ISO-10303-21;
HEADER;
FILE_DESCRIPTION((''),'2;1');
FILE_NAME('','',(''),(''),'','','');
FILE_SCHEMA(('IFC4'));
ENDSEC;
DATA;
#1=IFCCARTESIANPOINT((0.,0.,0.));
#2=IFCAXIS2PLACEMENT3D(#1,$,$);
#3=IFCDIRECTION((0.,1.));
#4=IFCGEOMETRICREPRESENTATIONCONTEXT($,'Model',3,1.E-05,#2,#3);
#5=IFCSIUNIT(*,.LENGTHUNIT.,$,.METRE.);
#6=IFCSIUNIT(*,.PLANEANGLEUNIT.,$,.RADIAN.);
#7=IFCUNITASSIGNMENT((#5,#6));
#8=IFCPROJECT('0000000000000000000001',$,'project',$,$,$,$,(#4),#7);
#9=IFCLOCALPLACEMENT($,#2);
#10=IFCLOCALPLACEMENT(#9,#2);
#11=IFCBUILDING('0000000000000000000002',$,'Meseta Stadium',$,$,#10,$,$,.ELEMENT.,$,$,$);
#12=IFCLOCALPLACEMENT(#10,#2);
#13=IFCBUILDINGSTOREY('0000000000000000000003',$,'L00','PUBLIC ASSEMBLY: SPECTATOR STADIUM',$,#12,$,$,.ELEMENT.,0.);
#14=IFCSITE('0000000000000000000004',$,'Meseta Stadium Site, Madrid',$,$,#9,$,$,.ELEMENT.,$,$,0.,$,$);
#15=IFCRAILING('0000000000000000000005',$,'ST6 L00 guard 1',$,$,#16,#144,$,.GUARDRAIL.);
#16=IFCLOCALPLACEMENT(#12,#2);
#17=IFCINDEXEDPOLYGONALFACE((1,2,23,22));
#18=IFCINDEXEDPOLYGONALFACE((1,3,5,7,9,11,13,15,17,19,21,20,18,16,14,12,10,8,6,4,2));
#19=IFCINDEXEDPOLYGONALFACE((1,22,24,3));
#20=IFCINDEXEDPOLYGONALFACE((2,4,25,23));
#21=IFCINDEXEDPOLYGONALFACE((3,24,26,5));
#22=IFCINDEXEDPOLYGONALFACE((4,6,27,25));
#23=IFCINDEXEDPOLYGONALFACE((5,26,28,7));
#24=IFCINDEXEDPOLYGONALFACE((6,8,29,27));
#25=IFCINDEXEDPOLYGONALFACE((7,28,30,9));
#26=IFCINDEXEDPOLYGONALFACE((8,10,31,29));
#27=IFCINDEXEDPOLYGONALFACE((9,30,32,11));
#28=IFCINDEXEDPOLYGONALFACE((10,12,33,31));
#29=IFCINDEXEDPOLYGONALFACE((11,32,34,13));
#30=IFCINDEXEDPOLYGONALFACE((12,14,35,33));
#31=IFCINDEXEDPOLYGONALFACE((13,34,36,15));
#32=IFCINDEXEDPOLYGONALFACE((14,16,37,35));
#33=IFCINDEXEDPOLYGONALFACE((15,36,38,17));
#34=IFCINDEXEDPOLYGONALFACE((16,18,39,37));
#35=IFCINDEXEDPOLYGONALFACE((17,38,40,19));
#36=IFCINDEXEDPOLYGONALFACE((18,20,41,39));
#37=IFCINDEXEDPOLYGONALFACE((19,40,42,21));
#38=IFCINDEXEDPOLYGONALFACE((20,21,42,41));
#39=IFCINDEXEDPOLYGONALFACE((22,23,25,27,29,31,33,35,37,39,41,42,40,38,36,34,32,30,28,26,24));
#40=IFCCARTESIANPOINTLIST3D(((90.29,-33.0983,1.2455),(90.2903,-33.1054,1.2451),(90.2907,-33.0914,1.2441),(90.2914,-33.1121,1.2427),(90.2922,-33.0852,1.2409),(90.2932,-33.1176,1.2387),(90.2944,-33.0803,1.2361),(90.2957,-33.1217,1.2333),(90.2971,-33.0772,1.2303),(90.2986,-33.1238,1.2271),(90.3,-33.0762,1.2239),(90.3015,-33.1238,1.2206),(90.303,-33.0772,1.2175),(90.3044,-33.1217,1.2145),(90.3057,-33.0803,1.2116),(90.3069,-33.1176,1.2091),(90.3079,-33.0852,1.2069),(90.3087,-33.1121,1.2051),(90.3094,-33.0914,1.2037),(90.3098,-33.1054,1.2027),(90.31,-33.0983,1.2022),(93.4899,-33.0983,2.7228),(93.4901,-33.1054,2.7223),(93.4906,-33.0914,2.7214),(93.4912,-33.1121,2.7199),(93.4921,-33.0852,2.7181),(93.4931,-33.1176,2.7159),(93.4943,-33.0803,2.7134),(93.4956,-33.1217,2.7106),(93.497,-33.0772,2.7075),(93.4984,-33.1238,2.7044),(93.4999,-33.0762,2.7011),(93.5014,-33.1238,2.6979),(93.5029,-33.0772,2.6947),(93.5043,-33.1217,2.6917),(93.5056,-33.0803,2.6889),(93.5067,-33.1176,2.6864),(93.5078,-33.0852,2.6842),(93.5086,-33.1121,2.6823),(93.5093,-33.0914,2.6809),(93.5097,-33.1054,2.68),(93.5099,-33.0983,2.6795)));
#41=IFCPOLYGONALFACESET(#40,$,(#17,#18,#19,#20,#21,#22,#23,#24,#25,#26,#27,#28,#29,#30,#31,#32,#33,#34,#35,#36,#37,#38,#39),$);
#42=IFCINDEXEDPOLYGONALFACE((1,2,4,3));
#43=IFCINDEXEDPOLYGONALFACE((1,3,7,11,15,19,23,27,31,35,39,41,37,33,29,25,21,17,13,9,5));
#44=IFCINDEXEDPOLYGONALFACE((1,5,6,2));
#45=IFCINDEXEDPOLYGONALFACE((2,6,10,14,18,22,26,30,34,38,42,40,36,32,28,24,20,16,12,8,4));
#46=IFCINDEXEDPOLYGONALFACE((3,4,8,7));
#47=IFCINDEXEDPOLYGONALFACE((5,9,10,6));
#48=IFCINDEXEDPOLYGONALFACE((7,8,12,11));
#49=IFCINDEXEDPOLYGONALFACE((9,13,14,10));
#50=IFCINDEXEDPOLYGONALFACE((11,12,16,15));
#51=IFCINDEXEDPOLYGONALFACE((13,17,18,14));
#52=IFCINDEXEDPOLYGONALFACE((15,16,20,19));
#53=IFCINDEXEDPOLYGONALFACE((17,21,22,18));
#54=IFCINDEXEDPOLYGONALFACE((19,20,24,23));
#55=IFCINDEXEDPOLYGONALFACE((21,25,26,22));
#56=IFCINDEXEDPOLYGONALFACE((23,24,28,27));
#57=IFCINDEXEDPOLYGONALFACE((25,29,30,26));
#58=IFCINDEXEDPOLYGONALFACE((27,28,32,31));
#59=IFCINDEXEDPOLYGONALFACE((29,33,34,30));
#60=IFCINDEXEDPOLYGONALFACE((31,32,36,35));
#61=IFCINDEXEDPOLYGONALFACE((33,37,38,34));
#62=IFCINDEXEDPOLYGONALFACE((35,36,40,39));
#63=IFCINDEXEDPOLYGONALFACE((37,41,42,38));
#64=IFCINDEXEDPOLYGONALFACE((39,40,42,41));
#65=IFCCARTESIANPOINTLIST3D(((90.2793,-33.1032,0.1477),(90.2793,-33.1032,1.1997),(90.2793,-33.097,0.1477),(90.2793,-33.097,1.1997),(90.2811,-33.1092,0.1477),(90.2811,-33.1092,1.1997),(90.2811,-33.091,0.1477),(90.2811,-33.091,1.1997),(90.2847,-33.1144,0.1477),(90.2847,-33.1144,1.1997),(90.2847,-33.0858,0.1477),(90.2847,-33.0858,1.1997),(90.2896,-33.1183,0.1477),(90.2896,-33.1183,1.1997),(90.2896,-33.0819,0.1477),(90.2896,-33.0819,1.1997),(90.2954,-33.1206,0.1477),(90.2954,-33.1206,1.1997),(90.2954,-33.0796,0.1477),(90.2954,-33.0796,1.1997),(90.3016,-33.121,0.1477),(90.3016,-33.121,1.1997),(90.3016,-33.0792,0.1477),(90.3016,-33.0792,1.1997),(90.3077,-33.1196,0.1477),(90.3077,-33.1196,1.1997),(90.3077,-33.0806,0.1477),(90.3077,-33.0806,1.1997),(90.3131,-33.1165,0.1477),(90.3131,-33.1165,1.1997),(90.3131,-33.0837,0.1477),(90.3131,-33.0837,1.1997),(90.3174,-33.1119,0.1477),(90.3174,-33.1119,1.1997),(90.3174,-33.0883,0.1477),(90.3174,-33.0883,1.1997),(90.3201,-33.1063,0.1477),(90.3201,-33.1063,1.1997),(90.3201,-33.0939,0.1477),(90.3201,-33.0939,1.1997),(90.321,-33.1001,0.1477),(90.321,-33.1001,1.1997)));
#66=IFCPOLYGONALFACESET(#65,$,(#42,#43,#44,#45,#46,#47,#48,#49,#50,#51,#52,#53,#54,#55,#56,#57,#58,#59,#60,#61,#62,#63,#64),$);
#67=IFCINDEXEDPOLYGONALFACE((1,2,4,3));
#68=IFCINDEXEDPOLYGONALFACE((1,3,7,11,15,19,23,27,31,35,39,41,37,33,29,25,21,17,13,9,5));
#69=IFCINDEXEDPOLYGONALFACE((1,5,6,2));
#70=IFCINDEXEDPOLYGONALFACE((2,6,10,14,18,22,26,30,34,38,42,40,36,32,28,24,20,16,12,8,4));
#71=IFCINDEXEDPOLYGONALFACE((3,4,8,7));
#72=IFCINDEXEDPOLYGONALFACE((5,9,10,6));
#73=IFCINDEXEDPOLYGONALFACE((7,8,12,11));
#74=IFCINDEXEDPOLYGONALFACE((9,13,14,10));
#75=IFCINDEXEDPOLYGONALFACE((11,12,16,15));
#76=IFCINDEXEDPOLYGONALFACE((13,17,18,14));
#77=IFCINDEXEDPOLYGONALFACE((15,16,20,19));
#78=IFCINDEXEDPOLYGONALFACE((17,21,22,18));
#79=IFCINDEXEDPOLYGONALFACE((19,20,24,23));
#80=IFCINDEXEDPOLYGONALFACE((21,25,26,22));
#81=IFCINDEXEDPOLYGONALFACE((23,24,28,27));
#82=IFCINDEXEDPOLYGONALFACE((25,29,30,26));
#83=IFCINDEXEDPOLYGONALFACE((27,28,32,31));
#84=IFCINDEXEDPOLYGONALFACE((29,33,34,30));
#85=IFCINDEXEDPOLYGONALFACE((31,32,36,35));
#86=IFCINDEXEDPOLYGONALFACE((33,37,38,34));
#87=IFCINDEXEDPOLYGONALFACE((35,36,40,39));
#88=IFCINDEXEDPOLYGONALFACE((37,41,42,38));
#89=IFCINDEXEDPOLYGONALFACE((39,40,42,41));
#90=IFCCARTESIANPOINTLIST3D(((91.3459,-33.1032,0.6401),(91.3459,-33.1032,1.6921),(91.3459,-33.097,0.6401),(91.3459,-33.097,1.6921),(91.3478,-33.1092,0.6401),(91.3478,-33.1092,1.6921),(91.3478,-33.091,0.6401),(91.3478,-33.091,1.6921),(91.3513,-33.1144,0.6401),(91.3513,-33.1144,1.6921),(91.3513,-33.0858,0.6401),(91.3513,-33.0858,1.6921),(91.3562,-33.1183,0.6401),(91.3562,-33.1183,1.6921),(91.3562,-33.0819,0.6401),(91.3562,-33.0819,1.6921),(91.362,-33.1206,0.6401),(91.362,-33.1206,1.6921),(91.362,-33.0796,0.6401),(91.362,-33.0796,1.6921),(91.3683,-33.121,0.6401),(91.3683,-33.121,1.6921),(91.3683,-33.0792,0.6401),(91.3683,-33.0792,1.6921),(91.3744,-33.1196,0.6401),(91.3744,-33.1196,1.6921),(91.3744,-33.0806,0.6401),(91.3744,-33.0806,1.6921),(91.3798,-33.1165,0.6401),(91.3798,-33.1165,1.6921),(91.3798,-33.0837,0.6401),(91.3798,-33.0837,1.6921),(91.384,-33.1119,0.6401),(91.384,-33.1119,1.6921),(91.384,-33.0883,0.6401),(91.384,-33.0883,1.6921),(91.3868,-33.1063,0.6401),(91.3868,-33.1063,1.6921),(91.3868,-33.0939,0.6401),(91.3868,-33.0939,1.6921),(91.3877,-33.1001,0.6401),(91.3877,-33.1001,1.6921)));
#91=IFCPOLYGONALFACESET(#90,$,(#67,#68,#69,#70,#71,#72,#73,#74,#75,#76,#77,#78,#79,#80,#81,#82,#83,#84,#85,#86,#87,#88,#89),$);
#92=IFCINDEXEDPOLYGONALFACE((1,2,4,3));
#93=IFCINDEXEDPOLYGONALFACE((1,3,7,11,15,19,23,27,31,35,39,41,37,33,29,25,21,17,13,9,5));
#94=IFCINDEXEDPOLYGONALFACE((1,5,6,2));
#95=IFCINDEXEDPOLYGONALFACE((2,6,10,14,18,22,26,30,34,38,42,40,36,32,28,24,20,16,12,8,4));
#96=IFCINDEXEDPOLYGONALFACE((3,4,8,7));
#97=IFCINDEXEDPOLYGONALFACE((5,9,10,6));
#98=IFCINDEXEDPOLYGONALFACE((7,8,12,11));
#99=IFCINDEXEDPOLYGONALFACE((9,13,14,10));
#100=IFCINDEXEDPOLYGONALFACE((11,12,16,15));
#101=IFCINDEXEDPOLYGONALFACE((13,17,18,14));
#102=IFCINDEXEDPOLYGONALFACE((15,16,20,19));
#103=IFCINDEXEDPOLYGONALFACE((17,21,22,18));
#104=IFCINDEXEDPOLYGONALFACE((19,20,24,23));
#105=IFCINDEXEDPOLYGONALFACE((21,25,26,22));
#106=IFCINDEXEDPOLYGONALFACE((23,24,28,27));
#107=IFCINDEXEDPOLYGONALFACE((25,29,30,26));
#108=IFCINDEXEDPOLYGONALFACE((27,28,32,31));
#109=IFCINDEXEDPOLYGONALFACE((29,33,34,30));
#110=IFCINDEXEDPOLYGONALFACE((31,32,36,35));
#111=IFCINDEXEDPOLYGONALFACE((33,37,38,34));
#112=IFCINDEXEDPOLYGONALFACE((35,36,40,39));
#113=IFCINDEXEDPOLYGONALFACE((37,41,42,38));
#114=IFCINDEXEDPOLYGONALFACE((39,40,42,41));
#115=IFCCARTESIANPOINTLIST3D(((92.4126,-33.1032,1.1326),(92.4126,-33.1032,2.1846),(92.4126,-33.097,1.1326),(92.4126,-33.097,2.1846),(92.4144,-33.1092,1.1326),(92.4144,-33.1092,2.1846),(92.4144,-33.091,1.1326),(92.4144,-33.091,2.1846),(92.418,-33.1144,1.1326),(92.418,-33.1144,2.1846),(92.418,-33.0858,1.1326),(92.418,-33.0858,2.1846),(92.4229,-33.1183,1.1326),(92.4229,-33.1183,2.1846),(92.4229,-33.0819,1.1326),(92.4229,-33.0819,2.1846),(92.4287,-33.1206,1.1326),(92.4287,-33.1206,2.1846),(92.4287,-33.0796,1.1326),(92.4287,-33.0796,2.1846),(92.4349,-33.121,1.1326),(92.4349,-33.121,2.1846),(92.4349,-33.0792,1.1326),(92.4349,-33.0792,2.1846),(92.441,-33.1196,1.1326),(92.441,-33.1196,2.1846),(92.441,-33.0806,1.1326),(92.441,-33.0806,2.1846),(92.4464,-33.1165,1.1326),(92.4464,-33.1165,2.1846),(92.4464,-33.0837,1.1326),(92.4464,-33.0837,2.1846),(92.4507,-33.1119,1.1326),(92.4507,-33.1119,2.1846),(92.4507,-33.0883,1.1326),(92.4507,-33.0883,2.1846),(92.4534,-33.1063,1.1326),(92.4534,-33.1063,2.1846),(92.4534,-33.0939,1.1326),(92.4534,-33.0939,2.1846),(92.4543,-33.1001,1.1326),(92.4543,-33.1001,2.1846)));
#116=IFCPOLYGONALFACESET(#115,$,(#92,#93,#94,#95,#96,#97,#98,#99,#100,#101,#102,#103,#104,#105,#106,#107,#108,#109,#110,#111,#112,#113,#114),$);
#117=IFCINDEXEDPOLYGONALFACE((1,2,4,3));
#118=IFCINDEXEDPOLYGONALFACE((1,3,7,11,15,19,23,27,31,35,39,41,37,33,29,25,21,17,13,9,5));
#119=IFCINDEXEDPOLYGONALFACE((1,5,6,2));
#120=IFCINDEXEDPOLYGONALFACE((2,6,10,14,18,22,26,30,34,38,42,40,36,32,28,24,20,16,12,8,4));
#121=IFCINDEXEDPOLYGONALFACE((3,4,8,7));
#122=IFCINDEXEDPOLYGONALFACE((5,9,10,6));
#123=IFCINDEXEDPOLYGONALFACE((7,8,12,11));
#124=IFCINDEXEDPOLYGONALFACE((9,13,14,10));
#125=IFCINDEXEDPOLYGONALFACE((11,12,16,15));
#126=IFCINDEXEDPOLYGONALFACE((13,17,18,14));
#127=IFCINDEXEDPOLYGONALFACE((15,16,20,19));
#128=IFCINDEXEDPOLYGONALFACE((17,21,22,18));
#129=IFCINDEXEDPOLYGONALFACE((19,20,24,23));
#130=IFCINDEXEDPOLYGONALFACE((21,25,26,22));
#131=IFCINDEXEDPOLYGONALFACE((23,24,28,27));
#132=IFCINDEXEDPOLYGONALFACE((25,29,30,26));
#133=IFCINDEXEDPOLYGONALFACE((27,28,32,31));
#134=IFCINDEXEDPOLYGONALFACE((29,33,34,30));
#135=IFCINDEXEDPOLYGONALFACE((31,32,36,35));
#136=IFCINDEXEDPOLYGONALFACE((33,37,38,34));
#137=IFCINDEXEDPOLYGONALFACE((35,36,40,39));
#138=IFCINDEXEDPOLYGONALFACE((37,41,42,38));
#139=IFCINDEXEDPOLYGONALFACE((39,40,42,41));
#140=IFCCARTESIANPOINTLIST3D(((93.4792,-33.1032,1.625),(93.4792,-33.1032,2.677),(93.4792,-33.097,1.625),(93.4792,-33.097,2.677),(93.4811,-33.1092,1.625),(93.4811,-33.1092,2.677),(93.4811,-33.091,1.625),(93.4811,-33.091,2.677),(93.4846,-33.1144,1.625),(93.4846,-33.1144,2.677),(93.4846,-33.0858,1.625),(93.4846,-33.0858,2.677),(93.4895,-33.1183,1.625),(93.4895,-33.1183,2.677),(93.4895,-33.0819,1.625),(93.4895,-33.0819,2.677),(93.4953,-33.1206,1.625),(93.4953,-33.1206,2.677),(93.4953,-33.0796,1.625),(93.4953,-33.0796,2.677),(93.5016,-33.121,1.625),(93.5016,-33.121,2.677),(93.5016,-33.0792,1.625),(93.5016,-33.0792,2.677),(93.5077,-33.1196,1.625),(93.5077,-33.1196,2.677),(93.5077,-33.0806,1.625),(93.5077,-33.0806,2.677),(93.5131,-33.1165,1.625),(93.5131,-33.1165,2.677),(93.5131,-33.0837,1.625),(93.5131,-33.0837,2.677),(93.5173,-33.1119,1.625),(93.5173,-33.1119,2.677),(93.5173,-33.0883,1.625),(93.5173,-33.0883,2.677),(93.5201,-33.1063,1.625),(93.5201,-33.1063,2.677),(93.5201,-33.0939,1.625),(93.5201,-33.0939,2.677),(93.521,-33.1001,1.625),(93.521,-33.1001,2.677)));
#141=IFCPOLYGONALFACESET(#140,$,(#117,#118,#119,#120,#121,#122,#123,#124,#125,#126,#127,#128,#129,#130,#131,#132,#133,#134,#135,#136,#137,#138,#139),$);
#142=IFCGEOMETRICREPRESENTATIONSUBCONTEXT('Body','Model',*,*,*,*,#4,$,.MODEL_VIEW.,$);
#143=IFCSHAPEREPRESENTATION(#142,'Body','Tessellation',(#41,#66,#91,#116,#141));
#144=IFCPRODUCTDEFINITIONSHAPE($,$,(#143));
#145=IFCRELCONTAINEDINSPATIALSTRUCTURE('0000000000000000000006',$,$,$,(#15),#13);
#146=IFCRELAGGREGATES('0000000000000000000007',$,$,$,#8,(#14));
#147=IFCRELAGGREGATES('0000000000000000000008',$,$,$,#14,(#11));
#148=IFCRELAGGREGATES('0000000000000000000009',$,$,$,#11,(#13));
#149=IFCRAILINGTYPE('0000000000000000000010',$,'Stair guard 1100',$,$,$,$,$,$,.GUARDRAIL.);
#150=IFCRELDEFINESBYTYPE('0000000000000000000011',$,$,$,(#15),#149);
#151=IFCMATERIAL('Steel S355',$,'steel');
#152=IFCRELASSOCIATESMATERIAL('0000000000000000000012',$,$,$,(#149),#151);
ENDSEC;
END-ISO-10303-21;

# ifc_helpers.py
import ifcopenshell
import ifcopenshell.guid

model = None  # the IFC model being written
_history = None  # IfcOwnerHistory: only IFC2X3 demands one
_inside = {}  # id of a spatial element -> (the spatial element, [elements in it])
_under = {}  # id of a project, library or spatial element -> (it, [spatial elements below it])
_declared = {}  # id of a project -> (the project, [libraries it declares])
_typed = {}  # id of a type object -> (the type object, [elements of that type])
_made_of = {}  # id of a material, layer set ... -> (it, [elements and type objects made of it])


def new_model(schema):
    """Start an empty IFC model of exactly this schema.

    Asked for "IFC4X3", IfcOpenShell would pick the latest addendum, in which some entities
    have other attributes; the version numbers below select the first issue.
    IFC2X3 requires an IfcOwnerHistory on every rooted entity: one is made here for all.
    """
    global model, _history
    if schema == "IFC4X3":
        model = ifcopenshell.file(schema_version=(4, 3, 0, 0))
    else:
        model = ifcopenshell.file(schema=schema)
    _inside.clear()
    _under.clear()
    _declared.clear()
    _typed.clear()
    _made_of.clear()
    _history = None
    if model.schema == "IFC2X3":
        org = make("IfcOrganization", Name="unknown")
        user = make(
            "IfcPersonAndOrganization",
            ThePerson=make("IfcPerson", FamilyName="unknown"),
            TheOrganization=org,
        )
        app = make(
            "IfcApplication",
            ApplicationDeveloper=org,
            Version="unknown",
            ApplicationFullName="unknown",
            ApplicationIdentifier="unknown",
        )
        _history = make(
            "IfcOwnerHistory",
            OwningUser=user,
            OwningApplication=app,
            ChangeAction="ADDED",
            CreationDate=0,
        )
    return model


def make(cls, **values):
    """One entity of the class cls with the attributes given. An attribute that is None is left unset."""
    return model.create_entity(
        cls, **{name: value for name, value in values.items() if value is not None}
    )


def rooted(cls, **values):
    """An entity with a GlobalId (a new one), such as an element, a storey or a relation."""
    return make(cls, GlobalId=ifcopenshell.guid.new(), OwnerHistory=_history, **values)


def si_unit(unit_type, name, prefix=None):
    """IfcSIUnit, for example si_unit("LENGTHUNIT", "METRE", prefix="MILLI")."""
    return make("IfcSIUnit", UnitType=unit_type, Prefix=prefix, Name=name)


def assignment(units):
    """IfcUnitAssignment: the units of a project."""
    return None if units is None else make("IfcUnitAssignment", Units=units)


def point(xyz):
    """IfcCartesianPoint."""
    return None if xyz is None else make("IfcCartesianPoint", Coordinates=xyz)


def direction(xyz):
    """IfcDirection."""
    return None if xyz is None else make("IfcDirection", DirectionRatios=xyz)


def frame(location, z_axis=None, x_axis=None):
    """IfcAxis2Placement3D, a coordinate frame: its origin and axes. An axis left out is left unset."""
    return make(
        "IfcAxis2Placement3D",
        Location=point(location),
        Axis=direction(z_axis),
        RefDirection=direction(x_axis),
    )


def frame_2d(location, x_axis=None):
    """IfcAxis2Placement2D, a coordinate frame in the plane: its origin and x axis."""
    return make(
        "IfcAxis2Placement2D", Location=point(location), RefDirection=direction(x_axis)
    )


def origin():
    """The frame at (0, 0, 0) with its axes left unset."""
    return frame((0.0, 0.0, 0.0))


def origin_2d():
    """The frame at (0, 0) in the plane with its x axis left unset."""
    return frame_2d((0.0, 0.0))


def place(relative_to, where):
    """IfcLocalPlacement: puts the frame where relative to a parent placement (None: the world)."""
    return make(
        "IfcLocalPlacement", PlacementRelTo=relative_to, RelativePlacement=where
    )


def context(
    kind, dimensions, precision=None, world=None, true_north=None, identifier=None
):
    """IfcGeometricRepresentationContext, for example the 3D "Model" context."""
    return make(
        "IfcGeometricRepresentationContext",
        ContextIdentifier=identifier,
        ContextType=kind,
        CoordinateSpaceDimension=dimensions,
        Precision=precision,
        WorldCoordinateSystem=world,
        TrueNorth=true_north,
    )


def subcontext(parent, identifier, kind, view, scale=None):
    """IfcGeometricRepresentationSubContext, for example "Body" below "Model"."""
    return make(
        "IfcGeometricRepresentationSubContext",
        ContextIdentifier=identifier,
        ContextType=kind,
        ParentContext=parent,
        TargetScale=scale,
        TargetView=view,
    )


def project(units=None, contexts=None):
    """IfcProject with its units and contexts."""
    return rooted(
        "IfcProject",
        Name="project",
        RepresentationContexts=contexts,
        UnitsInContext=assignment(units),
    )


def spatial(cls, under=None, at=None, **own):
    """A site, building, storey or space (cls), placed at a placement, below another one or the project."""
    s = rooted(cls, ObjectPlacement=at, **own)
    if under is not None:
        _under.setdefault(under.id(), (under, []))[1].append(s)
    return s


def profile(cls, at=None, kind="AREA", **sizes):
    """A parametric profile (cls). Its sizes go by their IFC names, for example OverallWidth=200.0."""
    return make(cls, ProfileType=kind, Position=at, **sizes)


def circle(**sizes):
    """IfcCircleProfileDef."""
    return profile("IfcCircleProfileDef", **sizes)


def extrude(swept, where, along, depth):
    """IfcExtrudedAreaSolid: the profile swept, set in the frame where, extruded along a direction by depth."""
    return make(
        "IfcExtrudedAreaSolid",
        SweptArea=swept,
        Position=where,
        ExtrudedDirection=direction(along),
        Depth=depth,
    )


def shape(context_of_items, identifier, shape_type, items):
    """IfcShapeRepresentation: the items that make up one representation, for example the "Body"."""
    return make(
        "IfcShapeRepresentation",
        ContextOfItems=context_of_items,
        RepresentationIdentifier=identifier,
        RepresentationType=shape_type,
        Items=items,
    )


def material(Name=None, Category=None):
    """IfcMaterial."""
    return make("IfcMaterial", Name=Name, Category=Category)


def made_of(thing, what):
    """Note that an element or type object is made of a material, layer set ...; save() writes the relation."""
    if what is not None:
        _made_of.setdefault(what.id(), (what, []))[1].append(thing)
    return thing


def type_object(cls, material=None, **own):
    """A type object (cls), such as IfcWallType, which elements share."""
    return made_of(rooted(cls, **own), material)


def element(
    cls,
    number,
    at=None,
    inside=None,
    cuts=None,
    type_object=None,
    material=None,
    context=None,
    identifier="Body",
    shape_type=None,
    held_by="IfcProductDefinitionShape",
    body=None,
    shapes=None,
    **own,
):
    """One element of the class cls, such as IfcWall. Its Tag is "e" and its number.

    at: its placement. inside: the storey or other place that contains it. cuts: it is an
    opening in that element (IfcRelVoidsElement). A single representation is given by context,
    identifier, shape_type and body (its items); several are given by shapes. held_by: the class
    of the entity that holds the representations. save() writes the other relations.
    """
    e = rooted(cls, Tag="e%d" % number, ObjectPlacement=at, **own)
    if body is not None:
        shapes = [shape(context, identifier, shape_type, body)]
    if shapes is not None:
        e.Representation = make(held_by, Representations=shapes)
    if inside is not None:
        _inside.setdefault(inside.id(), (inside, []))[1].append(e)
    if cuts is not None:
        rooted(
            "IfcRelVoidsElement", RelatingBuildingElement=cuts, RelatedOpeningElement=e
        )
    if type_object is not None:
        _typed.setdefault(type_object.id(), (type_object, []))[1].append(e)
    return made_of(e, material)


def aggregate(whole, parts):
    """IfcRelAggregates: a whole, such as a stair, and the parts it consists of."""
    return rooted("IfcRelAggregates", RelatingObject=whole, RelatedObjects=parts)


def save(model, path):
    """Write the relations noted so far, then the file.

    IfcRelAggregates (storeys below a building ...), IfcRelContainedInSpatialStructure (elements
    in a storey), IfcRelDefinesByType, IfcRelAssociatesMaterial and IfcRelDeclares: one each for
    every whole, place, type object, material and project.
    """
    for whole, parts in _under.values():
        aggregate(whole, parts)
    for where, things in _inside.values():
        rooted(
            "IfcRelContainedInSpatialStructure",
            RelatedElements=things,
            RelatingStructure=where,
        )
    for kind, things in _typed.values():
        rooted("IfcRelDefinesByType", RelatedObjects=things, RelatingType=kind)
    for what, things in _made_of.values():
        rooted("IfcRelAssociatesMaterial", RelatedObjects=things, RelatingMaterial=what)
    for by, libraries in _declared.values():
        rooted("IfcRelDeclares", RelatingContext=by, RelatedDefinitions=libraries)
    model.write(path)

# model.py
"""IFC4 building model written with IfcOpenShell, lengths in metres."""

from ifc_helpers import new_model, si_unit, direction, frame, origin, origin_2d, place, context, subcontext, project, spatial, circle, extrude, material, type_object, element, save


model = new_model("IFC4")

# Units and contexts
model_context = context("Model", 3, precision=1e-05, world=origin(), true_north=direction((0.0, 1.0)))
body_context = subcontext(model_context, "Body", "Model", "MODEL_VIEW")
ifc_project = project(units=[si_unit("LENGTHUNIT", "METRE"), si_unit("PLANEANGLEUNIT", "RADIAN")], contexts=[model_context])

# Site, building, storey
site_placement = place(None, origin())
site = spatial("IfcSite", under=ifc_project, at=site_placement, Name="Meseta Stadium Site, Madrid", CompositionType="ELEMENT", RefElevation=0.0)
building_placement = place(site_placement, origin())
building = spatial("IfcBuilding", under=site, at=building_placement, Name="Meseta Stadium", CompositionType="ELEMENT")
storey_placement = place(building_placement, origin())
storey = spatial("IfcBuildingStorey", under=building, at=storey_placement, Name="L00", Description="PUBLIC ASSEMBLY: SPECTATOR STADIUM", CompositionType="ELEMENT", Elevation=0.0)

# Railing
ifc_material_1 = material(Name="Steel S355", Category="steel")
railing_type_1 = type_object("IfcRailingType", Name="Stair guard 1100", PredefinedType="GUARDRAIL", material=ifc_material_1)
railing_1_placement = place(storey_placement, frame((90.3, -33.1001, 0.1477)))
element("IfcRailing", 1, at=railing_1_placement, inside=storey, type_object=railing_type_1, Name="ST6 L00 guard 1", PredefinedType="GUARDRAIL", context=body_context, shape_type="SweptSolid", body=[
    extrude(circle(Radius=0.0239, at=origin_2d()), frame((0.0, 0.0, 1.0762), z_axis=(0.907917, 0.0, 0.41915), x_axis=(0.0, 1.0, 0.0)), (0.0, 0.0, 1.0), 3.5244),
    extrude(circle(Radius=0.021, at=origin_2d()), origin(), (0.0, 0.0, 1.0), 1.052),
    extrude(circle(Radius=0.021, at=origin_2d()), frame((1.0667, 0.0, 0.4924)), (0.0, 0.0, 1.0), 1.052),
    extrude(circle(Radius=0.021, at=origin_2d()), frame((2.1333, 0.0, 0.9849)), (0.0, 0.0, 1.0), 1.052),
    extrude(circle(Radius=0.021, at=origin_2d()), frame((3.2, 0.0, 1.4773)), (0.0, 0.0, 1.0), 1.052),
])

save(model, "model.ifc")
